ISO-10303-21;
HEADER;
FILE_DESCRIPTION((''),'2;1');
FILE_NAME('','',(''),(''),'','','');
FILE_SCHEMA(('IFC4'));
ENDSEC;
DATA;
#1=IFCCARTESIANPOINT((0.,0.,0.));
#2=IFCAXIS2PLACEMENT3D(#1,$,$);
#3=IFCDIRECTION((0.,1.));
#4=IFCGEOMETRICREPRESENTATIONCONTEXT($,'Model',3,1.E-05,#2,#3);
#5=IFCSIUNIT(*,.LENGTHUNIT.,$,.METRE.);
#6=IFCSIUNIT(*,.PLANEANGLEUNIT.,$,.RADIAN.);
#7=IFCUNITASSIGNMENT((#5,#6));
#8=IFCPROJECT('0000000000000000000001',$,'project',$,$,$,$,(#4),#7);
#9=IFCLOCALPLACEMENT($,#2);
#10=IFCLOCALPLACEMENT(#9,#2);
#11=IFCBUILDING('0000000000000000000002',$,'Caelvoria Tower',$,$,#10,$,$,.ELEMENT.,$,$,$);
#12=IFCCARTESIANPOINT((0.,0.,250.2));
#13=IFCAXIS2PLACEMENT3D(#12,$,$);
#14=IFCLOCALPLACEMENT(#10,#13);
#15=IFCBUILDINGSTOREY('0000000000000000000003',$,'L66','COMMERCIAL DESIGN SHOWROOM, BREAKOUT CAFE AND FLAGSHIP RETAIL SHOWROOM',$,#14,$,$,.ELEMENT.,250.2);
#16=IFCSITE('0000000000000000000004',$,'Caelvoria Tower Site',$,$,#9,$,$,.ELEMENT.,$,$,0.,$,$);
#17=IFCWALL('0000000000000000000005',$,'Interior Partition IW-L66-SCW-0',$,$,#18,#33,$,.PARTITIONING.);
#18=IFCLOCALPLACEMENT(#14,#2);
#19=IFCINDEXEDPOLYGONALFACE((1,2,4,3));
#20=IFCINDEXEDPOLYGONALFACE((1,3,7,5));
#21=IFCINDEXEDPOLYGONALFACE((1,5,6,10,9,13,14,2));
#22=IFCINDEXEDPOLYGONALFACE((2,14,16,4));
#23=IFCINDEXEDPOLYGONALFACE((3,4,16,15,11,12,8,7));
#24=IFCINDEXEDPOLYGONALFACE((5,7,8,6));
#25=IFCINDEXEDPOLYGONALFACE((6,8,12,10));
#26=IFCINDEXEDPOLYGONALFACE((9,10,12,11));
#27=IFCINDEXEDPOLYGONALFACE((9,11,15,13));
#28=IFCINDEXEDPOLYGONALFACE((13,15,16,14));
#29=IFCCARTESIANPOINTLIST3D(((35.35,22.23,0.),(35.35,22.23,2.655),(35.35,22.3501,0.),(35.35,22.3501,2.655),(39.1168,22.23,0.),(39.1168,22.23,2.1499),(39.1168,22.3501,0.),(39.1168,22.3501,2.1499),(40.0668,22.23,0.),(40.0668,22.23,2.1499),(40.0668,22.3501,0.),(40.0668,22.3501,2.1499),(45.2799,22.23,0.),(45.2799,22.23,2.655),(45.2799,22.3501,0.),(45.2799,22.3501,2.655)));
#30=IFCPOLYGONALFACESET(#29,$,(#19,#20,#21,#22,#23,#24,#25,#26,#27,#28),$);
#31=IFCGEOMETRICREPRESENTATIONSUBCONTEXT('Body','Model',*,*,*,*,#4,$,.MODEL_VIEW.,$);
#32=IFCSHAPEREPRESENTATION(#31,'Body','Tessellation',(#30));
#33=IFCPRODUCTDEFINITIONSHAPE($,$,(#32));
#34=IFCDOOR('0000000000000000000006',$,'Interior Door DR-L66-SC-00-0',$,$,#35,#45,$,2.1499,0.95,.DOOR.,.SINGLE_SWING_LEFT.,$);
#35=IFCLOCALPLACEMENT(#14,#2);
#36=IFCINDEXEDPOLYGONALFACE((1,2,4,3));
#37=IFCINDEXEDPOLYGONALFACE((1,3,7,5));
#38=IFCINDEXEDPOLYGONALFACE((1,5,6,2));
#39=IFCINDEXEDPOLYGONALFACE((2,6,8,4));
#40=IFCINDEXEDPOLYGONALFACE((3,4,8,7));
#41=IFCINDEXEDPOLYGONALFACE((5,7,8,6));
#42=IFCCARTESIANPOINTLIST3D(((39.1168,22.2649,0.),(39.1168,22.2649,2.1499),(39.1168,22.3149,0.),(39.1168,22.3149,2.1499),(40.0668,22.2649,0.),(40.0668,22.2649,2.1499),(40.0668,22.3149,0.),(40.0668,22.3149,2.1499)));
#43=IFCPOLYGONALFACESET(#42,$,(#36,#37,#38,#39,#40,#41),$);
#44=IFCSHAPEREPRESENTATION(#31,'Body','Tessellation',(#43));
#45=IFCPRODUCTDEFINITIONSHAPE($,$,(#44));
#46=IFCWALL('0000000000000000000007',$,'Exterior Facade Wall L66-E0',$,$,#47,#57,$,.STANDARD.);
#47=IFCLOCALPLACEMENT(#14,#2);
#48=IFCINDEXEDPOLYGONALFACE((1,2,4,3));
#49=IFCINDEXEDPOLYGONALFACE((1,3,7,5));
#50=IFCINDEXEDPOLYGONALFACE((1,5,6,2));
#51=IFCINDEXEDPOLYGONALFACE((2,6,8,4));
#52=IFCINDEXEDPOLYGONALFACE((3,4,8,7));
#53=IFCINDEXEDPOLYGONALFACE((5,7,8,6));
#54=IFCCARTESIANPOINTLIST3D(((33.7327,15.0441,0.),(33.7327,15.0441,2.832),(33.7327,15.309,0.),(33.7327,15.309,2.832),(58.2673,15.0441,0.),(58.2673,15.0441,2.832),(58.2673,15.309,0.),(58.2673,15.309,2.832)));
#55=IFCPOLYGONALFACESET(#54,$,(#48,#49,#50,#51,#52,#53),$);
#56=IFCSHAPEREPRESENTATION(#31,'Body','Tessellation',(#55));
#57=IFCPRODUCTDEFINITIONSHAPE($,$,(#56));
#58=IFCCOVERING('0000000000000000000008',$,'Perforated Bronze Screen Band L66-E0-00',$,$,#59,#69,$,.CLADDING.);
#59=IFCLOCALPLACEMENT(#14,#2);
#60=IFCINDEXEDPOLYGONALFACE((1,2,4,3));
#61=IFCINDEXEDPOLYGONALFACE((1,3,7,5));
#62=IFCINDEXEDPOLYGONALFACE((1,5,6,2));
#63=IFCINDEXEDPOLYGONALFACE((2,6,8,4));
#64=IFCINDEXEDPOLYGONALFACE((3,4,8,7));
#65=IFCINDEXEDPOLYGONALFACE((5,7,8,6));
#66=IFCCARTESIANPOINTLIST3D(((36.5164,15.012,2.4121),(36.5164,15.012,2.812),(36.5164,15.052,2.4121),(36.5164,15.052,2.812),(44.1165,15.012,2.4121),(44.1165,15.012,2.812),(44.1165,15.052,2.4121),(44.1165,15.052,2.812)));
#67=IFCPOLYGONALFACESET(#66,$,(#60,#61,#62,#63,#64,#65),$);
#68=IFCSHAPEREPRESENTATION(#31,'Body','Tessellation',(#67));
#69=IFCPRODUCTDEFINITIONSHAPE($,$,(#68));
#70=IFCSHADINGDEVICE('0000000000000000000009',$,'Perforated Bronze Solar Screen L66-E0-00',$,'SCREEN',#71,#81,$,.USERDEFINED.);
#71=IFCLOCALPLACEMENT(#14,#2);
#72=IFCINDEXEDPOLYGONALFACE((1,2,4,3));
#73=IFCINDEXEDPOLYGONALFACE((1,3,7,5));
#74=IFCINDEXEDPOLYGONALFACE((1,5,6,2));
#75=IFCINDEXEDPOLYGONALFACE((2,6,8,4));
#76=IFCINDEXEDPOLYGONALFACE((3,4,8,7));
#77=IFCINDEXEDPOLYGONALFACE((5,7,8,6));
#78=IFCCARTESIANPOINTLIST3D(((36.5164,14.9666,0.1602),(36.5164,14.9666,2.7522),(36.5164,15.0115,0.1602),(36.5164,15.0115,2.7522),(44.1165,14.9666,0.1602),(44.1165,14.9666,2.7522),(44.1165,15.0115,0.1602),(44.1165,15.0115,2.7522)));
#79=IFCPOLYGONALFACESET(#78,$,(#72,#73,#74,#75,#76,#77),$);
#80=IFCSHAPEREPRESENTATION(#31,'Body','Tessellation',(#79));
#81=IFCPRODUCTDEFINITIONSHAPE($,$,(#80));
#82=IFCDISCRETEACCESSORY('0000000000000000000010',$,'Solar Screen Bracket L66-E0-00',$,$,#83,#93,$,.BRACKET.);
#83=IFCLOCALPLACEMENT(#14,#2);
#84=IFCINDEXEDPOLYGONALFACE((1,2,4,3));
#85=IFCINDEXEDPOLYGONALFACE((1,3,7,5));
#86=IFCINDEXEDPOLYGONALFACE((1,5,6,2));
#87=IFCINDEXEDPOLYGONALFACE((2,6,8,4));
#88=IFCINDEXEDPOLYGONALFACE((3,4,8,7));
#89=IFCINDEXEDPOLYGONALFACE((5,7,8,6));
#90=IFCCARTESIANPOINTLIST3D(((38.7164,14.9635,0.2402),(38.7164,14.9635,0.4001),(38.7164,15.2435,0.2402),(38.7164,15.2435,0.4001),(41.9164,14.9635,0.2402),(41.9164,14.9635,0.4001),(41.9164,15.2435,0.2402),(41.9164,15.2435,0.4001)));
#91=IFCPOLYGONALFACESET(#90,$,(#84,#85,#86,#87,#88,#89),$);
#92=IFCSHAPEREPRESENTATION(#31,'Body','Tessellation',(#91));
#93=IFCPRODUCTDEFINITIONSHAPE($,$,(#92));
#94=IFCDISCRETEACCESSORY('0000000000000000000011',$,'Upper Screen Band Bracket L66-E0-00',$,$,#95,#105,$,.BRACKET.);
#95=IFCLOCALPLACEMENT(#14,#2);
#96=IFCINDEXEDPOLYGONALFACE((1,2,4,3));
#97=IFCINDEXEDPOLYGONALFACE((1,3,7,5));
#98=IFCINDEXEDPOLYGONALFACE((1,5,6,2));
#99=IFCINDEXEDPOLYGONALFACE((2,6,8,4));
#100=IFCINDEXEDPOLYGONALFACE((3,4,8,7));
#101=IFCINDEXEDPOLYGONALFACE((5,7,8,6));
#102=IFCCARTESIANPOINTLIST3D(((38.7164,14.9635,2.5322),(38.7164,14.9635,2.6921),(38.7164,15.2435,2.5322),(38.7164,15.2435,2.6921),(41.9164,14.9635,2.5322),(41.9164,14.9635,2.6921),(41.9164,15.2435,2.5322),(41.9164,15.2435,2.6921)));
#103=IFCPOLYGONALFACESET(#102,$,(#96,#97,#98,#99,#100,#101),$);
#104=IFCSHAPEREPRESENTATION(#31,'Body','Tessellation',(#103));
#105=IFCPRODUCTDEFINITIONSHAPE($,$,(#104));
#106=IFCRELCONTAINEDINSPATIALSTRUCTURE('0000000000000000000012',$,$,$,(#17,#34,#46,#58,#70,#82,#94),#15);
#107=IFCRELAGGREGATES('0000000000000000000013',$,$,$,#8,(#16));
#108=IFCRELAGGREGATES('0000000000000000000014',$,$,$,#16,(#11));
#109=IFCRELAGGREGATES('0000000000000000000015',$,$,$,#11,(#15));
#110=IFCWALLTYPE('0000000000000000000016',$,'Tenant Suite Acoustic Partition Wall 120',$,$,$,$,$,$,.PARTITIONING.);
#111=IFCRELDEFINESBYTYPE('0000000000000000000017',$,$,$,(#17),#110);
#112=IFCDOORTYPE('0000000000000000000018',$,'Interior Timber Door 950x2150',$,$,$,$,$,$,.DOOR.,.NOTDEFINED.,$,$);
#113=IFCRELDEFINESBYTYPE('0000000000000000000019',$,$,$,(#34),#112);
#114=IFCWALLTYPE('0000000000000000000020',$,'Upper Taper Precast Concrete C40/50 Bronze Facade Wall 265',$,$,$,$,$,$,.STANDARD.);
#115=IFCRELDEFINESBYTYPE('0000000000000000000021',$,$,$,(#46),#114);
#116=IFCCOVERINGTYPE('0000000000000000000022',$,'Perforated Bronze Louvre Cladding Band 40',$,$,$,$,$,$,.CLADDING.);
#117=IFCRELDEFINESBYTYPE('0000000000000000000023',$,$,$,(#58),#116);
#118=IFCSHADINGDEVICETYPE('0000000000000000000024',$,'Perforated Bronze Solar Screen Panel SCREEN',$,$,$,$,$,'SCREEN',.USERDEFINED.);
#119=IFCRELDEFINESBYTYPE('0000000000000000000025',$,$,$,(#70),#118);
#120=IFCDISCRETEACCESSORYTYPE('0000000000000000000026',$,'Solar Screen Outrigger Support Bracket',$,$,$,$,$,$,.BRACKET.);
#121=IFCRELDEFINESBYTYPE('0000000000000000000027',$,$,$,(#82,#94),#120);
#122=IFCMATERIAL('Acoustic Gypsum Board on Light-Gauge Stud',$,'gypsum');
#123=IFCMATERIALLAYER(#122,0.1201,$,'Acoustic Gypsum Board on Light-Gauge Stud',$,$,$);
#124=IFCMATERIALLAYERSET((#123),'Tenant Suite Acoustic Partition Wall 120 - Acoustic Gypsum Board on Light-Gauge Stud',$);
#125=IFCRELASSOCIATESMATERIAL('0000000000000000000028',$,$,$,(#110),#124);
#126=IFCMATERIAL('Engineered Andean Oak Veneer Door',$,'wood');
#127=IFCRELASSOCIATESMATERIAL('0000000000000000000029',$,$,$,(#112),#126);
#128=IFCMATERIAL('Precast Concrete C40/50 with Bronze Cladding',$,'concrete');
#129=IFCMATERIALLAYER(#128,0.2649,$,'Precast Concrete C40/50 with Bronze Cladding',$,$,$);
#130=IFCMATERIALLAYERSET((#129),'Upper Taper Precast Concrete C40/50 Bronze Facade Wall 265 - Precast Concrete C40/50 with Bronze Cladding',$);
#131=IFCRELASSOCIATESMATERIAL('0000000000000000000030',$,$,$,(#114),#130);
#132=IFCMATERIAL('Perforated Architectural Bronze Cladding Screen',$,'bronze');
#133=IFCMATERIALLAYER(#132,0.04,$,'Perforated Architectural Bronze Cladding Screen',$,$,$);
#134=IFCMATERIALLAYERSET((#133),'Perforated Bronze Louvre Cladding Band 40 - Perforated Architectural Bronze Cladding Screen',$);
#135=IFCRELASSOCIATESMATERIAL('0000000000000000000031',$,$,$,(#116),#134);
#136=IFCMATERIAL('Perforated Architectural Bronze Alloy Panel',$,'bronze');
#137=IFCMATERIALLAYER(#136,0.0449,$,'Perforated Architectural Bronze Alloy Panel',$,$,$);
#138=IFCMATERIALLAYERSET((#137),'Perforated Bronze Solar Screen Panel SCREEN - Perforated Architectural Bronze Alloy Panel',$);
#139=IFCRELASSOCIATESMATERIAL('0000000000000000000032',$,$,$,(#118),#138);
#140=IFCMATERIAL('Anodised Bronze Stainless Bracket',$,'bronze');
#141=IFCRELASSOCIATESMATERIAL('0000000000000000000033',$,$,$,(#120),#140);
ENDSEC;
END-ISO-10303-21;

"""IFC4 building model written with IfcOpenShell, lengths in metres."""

from ifc_helpers import new_model, si_unit, direction, frame, frame_2d, origin, origin_2d, place, context, subcontext, project, spatial, rectangle, extrude, material, layer, layer_set, type_object, element, fill, save


model = new_model("IFC4")

# Units and contexts
model_context = context("Model", 3, precision=1e-05, world=origin(), true_north=direction((0.0, 1.0)))
body_context = subcontext(model_context, "Body", "Model", "MODEL_VIEW")
ifc_project = project(units=[si_unit("LENGTHUNIT", "METRE"), si_unit("PLANEANGLEUNIT", "RADIAN")], contexts=[model_context])

# Site, building, storey
site_placement = place(None, origin())
site = spatial("IfcSite", under=ifc_project, at=site_placement, Name="Caelvoria Tower Site", CompositionType="ELEMENT", RefElevation=0.0)
building_placement = place(site_placement, origin())
building = spatial("IfcBuilding", under=site, at=building_placement, Name="Caelvoria Tower", CompositionType="ELEMENT")
storey_placement = place(building_placement, frame((0.0, 0.0, 250.2)))
storey = spatial("IfcBuildingStorey", under=building, at=storey_placement, Name="L66", Description="COMMERCIAL DESIGN SHOWROOM, BREAKOUT CAFE AND FLAGSHIP RETAIL SHOWROOM", CompositionType="ELEMENT", Elevation=250.2)

# Wall, opening, door
ifc_material_1 = material(Name="Acoustic Gypsum Board on Light-Gauge Stud", Category="gypsum")
ifc_layer_1 = layer(ifc_material_1, 0.1201, Name="Acoustic Gypsum Board on Light-Gauge Stud")
ifc_layer_set_1 = layer_set([ifc_layer_1], Name="Tenant Suite Acoustic Partition Wall 120 - Acoustic Gypsum Board on Light-Gauge Stud")
wall_type_1 = type_object("IfcWallType", Name="Tenant Suite Acoustic Partition Wall 120", PredefinedType="PARTITIONING", material=ifc_layer_set_1)
wall_1_placement = place(storey_placement, frame((35.3501, 22.29, 0.0), z_axis=(0.0, 0.0, 1.0), x_axis=(1.0, 0.0, 0.0)))
wall_1 = element("IfcWall", 1, at=wall_1_placement, inside=storey, type_object=wall_type_1, Name="Interior Partition IW-L66-SCW-0", PredefinedType="PARTITIONING", context=body_context, shape_type="SweptSolid", body=[
    extrude(rectangle(XDim=9.9299, YDim=0.1201, at=frame_2d((4.9648, 0.0))), origin(), (0.0, 0.0, 1.0), 2.655),
])
opening_placement = place(wall_1_placement, frame((3.7666, 0.0, 0.0)))
opening = element("IfcOpeningElement", 2, at=opening_placement, cuts=wall_1, PredefinedType="OPENING", context=body_context, shape_type="SweptSolid", body=[
    extrude(rectangle(XDim=0.95, YDim=2.1499, at=frame_2d((0.4751, 1.075))), frame((0.0, 0.0701, 0.0), z_axis=(0.0, -1.0, 0.0), x_axis=(1.0, 0.0, 0.0)), (0.0, 0.0, 1.0), 0.1401),
])
ifc_material_2 = material(Name="Engineered Andean Oak Veneer Door", Category="wood")
door_type = type_object("IfcDoorType", Name="Interior Timber Door 950x2150", OperationType="NOTDEFINED", PredefinedType="DOOR", material=ifc_material_2)
door_placement = place(opening_placement, origin())
door = element("IfcDoor", 3, at=door_placement, inside=storey, type_object=door_type, Name="Interior Door DR-L66-SC-00-0", OperationType="SINGLE_SWING_LEFT", OverallHeight=2.1499, OverallWidth=0.95, PredefinedType="DOOR", context=body_context, shape_type="SweptSolid", body=[
    extrude(rectangle(XDim=0.95, YDim=2.1499, at=frame_2d((0.4751, 1.075))), frame((0.0, 0.0249, 0.0), z_axis=(0.0, -1.0, 0.0), x_axis=(1.0, 0.0, 0.0)), (0.0, 0.0, 1.0), 0.05),
])
fill(opening, door)

# Wall
ifc_material_3 = material(Name="Precast Concrete C40/50 with Bronze Cladding", Category="concrete")
ifc_layer_2 = layer(ifc_material_3, 0.2649, Name="Precast Concrete C40/50 with Bronze Cladding")
ifc_layer_set_2 = layer_set([ifc_layer_2], Name="Upper Taper Precast Concrete C40/50 Bronze Facade Wall 265 - Precast Concrete C40/50 with Bronze Cladding")
wall_type_2 = type_object("IfcWallType", Name="Upper Taper Precast Concrete C40/50 Bronze Facade Wall 265", PredefinedType="STANDARD", material=ifc_layer_set_2)
wall_2_placement = place(storey_placement, frame((33.7327, 15.1765, 0.0), z_axis=(0.0, 0.0, 1.0), x_axis=(1.0, 0.0, 0.0)))
element("IfcWall", 4, at=wall_2_placement, inside=storey, type_object=wall_type_2, Name="Exterior Facade Wall L66-E0", PredefinedType="STANDARD", context=body_context, shape_type="SweptSolid", body=[
    extrude(rectangle(XDim=24.5347, YDim=0.2649, at=frame_2d((12.2673, 0.0))), origin(), (0.0, 0.0, 1.0), 2.832),
])

# Covering
ifc_material_4 = material(Name="Perforated Architectural Bronze Cladding Screen", Category="bronze")
ifc_layer_3 = layer(ifc_material_4, 0.04, Name="Perforated Architectural Bronze Cladding Screen")
ifc_layer_set_3 = layer_set([ifc_layer_3], Name="Perforated Bronze Louvre Cladding Band 40 - Perforated Architectural Bronze Cladding Screen")
covering_type = type_object("IfcCoveringType", Name="Perforated Bronze Louvre Cladding Band 40", PredefinedType="CLADDING", material=ifc_layer_set_3)
covering_placement = place(storey_placement, frame((40.3164, 15.032, 2.4121), z_axis=(0.0, 0.0, 1.0), x_axis=(1.0, 0.0, 0.0)))
element("IfcCovering", 5, at=covering_placement, inside=storey, type_object=covering_type, Name="Perforated Bronze Screen Band L66-E0-00", PredefinedType="CLADDING", context=body_context, shape_type="SweptSolid", body=[
    extrude(rectangle(XDim=7.6001, YDim=0.04, at=origin_2d()), origin(), (0.0, 0.0, 1.0), 0.3999),
])

# Shading device
ifc_material_5 = material(Name="Perforated Architectural Bronze Alloy Panel", Category="bronze")
ifc_layer_4 = layer(ifc_material_5, 0.0449, Name="Perforated Architectural Bronze Alloy Panel")
ifc_layer_set_4 = layer_set([ifc_layer_4], Name="Perforated Bronze Solar Screen Panel SCREEN - Perforated Architectural Bronze Alloy Panel")
shading_device_type = type_object("IfcShadingDeviceType", Name="Perforated Bronze Solar Screen Panel SCREEN", ElementType="SCREEN", PredefinedType="USERDEFINED", material=ifc_layer_set_4)
shading_device_placement = place(storey_placement, frame((40.3164, 14.989, 0.1602), z_axis=(0.0, 0.0, 1.0), x_axis=(1.0, 0.0, 0.0)))
element("IfcShadingDevice", 6, at=shading_device_placement, inside=storey, type_object=shading_device_type, Name="Perforated Bronze Solar Screen L66-E0-00", ObjectType="SCREEN", PredefinedType="USERDEFINED", context=body_context, shape_type="SweptSolid", body=[
    extrude(rectangle(XDim=7.6001, YDim=0.0449, at=origin_2d()), origin(), (0.0, 0.0, 1.0), 2.592),
])

# Discrete accessories
ifc_material_6 = material(Name="Anodised Bronze Stainless Bracket", Category="bronze")
discrete_accessory_type = type_object("IfcDiscreteAccessoryType", Name="Solar Screen Outrigger Support Bracket", PredefinedType="BRACKET", material=ifc_material_6)
for number, where, z_axis, x_axis, name in (
    (7, (40.3164, 15.1035, 0.2402), (0.0, 0.0, 1.0), (1.0, 0.0, 0.0), "Solar Screen Bracket L66-E0-00"),
    (8, (40.3164, 15.1035, 2.5322), (0.0, 0.0, 1.0), (1.0, 0.0, 0.0), "Upper Screen Band Bracket L66-E0-00"),
):
    element("IfcDiscreteAccessory", number, at=place(storey_placement, frame(where, z_axis=z_axis, x_axis=x_axis)), inside=storey, type_object=discrete_accessory_type, Name=name, PredefinedType="BRACKET", context=body_context, shape_type="SweptSolid", body=[
        extrude(rectangle(XDim=3.2, YDim=0.28, at=origin_2d()), origin(), (0.0, 0.0, 1.0), 0.1599),
    ])

save(model, "model.ifc")
